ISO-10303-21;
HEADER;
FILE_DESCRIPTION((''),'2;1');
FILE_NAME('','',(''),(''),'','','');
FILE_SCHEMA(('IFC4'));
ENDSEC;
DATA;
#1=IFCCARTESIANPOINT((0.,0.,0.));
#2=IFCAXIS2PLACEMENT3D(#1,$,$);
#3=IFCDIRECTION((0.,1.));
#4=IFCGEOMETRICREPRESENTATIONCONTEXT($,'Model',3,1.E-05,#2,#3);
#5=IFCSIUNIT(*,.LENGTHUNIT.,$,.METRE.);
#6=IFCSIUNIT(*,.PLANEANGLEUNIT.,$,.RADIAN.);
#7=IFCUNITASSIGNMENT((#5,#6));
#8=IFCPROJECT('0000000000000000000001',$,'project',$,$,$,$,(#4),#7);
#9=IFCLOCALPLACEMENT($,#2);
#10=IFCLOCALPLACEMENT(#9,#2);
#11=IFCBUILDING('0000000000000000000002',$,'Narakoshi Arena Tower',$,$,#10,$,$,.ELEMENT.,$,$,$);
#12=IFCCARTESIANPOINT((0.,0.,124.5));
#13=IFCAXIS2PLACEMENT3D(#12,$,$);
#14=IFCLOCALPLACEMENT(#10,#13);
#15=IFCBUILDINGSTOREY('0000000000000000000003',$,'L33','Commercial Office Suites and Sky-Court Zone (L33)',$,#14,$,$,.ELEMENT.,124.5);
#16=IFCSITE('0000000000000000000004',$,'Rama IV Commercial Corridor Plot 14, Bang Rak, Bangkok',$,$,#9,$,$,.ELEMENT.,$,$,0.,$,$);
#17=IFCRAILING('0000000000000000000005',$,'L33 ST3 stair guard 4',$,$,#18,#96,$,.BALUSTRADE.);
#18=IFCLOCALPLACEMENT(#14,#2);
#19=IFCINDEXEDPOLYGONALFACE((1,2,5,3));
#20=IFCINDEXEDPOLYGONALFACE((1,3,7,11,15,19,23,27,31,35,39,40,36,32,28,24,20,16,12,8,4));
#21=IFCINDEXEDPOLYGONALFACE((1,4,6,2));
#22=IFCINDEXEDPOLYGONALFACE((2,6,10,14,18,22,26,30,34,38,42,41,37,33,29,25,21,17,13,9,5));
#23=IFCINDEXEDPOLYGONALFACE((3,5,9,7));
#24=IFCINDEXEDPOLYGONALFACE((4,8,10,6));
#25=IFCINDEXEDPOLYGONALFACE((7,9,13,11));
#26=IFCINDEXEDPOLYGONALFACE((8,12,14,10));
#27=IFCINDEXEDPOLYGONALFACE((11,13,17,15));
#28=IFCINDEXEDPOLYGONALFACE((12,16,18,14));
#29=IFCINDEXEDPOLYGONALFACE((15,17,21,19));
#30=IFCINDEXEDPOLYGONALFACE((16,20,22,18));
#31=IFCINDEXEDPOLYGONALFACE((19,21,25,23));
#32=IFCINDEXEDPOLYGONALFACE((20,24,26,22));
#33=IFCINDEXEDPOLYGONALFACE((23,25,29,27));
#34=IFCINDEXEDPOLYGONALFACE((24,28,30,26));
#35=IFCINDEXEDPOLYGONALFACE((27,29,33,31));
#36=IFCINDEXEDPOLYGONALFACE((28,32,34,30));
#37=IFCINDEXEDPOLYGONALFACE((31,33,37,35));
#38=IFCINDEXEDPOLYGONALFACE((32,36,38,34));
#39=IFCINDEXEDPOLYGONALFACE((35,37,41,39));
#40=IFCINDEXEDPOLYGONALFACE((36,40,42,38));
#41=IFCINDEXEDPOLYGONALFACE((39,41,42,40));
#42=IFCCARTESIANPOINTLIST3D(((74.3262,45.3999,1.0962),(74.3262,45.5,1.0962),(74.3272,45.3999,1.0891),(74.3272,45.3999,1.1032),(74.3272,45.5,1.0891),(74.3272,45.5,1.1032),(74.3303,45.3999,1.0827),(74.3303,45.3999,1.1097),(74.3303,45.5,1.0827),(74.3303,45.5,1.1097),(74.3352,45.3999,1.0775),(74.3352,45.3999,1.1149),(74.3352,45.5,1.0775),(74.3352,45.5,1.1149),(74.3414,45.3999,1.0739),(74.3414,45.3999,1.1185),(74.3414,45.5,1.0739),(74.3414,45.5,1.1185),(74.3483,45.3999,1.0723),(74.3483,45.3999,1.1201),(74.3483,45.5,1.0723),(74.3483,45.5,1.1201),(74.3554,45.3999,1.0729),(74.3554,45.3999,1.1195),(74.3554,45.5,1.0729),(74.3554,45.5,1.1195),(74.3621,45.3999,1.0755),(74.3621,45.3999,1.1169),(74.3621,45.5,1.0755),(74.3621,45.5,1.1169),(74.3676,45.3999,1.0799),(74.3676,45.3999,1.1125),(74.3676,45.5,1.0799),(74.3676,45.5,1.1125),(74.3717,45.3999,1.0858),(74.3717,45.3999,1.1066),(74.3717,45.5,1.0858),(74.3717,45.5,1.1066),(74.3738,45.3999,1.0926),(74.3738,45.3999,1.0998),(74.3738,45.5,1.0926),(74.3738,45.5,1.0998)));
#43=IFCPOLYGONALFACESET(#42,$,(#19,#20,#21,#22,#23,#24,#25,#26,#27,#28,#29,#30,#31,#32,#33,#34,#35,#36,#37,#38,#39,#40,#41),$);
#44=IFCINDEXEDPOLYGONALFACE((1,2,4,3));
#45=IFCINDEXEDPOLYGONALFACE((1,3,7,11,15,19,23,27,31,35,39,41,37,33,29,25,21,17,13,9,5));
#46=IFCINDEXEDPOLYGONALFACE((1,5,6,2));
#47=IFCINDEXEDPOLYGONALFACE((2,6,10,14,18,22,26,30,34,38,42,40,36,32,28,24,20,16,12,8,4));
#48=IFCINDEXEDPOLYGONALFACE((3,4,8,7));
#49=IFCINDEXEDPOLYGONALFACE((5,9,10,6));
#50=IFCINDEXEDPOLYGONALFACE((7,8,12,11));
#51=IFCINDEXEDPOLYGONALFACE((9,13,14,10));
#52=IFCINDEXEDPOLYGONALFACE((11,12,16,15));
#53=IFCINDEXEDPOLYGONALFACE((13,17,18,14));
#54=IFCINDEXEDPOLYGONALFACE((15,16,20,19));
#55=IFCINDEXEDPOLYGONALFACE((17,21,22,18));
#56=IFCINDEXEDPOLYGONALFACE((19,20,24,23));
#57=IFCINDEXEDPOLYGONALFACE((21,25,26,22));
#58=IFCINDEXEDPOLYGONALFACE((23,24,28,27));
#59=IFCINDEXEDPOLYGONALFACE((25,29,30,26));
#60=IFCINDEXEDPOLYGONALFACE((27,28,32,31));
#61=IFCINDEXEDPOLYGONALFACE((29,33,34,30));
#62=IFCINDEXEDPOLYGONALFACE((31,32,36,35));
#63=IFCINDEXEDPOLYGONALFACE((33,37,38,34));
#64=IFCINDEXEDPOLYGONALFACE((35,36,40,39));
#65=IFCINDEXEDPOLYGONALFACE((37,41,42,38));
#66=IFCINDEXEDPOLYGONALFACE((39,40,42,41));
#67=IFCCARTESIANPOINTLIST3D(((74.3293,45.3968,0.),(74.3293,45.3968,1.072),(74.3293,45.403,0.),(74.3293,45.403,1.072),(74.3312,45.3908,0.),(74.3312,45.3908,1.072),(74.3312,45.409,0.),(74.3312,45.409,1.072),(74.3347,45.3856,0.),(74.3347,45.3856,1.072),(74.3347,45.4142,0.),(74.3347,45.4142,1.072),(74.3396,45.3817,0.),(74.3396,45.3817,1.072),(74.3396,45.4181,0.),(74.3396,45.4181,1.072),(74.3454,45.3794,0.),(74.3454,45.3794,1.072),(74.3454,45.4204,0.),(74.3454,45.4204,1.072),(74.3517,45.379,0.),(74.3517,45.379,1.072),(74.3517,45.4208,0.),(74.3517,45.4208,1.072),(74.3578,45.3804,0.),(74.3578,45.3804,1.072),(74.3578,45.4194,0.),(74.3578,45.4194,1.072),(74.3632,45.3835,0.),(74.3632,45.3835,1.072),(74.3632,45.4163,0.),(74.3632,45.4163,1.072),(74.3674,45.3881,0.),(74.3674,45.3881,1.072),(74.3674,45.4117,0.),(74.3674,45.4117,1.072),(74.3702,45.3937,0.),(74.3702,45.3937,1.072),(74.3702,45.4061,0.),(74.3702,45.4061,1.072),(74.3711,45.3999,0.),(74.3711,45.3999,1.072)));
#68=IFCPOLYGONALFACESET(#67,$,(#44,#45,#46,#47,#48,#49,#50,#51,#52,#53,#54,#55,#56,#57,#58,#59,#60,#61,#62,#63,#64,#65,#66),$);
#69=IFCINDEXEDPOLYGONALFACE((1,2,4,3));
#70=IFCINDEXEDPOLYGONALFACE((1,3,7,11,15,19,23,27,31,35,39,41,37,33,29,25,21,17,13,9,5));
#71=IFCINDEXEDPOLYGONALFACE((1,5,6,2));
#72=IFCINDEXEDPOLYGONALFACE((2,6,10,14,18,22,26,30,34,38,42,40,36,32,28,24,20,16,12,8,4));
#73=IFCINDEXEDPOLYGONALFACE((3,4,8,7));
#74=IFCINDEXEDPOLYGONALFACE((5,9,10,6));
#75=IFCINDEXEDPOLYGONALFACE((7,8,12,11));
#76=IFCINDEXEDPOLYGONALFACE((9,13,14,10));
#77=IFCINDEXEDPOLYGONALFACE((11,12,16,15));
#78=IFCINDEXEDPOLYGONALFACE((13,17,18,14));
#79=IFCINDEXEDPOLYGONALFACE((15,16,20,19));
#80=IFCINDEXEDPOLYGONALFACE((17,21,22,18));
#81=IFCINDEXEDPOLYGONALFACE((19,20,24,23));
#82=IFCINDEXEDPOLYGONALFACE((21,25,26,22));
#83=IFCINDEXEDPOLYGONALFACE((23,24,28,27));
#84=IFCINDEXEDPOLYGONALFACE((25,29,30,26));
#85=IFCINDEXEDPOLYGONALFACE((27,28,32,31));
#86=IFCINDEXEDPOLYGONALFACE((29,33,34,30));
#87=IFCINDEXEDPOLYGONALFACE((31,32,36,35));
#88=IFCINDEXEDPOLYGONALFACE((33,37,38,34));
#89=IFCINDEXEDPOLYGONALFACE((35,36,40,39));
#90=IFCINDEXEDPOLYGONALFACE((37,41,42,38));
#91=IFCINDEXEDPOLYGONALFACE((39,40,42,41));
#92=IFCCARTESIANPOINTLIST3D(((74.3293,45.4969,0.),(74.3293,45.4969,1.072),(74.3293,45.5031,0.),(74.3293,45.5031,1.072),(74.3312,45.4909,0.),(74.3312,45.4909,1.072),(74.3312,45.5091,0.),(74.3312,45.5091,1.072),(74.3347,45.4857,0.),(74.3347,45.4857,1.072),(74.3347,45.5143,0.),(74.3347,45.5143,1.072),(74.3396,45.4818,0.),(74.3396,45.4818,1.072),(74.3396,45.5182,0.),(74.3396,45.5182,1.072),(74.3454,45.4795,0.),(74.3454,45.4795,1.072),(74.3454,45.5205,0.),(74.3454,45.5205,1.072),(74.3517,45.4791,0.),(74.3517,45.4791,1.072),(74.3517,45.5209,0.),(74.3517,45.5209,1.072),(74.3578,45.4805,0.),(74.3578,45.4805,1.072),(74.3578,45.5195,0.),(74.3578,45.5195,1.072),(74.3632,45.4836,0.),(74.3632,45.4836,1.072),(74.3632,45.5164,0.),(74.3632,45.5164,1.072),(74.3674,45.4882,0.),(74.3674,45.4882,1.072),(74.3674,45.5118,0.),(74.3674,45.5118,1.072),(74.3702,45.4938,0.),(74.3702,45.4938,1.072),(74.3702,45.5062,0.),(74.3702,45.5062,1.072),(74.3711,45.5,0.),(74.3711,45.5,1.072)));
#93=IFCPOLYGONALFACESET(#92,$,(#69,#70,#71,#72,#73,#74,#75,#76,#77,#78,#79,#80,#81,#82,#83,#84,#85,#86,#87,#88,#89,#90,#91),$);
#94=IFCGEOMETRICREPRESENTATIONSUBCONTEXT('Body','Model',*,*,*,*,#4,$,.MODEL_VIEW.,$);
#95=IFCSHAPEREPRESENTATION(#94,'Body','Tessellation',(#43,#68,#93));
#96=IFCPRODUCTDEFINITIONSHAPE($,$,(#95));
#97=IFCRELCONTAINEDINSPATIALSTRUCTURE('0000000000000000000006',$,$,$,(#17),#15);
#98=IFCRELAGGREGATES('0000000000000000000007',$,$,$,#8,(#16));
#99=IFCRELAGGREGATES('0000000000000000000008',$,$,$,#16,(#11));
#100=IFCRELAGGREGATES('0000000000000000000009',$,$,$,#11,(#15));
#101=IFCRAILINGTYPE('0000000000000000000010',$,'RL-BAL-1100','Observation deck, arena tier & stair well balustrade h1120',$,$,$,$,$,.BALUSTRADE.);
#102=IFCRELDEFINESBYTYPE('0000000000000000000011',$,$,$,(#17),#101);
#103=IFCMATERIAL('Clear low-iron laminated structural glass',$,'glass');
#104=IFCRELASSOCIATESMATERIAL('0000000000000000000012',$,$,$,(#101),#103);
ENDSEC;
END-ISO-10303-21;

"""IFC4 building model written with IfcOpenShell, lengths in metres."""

from ifc_helpers import new_model, si_unit, direction, frame, origin, origin_2d, place, context, subcontext, project, spatial, circle, extrude, material, type_object, element, save


model = new_model("IFC4")

# Units and contexts
model_context = context("Model", 3, precision=1e-05, world=origin(), true_north=direction((0.0, 1.0)))
body_context = subcontext(model_context, "Body", "Model", "MODEL_VIEW")
ifc_project = project(units=[si_unit("LENGTHUNIT", "METRE"), si_unit("PLANEANGLEUNIT", "RADIAN")], contexts=[model_context])

# Site, building, storey
site_placement = place(None, origin())
site = spatial("IfcSite", under=ifc_project, at=site_placement, Name="Rama IV Commercial Corridor Plot 14, Bang Rak, Bangkok", CompositionType="ELEMENT", RefElevation=0.0)
building_placement = place(site_placement, origin())
building = spatial("IfcBuilding", under=site, at=building_placement, Name="Narakoshi Arena Tower", CompositionType="ELEMENT")
storey_placement = place(building_placement, frame((0.0, 0.0, 124.5)))
storey = spatial("IfcBuildingStorey", under=building, at=storey_placement, Name="L33", Description="Commercial Office Suites and Sky-Court Zone (L33)", CompositionType="ELEMENT", Elevation=124.5)

# Railing
ifc_material_1 = material(Name="Clear low-iron laminated structural glass", Category="glass")
railing_type_1 = type_object("IfcRailingType", Name="RL-BAL-1100", Description="Observation deck, arena tier & stair well balustrade h1120", PredefinedType="BALUSTRADE", material=ifc_material_1)
railing_1_placement = place(storey_placement, frame((74.3501, 45.3999, 0.0)))
element("IfcRailing", 1, at=railing_1_placement, inside=storey, type_object=railing_type_1, Name="L33 ST3 stair guard 4", PredefinedType="BALUSTRADE", context=body_context, shape_type="SweptSolid", body=[
    extrude(circle(Radius=0.0239, at=origin_2d()), frame((0.0, 0.0, 1.0962), z_axis=(0.0, 1.0, 0.0), x_axis=(-1.0, 0.0, 0.0)), (0.0, 0.0, 1.0), 0.1001),
    extrude(circle(Radius=0.021, at=origin_2d()), origin(), (0.0, 0.0, 1.0), 1.072),
    extrude(circle(Radius=0.021, at=origin_2d()), frame((0.0, 0.1001, 0.0)), (0.0, 0.0, 1.0), 1.072),
])

save(model, "model.ifc")
